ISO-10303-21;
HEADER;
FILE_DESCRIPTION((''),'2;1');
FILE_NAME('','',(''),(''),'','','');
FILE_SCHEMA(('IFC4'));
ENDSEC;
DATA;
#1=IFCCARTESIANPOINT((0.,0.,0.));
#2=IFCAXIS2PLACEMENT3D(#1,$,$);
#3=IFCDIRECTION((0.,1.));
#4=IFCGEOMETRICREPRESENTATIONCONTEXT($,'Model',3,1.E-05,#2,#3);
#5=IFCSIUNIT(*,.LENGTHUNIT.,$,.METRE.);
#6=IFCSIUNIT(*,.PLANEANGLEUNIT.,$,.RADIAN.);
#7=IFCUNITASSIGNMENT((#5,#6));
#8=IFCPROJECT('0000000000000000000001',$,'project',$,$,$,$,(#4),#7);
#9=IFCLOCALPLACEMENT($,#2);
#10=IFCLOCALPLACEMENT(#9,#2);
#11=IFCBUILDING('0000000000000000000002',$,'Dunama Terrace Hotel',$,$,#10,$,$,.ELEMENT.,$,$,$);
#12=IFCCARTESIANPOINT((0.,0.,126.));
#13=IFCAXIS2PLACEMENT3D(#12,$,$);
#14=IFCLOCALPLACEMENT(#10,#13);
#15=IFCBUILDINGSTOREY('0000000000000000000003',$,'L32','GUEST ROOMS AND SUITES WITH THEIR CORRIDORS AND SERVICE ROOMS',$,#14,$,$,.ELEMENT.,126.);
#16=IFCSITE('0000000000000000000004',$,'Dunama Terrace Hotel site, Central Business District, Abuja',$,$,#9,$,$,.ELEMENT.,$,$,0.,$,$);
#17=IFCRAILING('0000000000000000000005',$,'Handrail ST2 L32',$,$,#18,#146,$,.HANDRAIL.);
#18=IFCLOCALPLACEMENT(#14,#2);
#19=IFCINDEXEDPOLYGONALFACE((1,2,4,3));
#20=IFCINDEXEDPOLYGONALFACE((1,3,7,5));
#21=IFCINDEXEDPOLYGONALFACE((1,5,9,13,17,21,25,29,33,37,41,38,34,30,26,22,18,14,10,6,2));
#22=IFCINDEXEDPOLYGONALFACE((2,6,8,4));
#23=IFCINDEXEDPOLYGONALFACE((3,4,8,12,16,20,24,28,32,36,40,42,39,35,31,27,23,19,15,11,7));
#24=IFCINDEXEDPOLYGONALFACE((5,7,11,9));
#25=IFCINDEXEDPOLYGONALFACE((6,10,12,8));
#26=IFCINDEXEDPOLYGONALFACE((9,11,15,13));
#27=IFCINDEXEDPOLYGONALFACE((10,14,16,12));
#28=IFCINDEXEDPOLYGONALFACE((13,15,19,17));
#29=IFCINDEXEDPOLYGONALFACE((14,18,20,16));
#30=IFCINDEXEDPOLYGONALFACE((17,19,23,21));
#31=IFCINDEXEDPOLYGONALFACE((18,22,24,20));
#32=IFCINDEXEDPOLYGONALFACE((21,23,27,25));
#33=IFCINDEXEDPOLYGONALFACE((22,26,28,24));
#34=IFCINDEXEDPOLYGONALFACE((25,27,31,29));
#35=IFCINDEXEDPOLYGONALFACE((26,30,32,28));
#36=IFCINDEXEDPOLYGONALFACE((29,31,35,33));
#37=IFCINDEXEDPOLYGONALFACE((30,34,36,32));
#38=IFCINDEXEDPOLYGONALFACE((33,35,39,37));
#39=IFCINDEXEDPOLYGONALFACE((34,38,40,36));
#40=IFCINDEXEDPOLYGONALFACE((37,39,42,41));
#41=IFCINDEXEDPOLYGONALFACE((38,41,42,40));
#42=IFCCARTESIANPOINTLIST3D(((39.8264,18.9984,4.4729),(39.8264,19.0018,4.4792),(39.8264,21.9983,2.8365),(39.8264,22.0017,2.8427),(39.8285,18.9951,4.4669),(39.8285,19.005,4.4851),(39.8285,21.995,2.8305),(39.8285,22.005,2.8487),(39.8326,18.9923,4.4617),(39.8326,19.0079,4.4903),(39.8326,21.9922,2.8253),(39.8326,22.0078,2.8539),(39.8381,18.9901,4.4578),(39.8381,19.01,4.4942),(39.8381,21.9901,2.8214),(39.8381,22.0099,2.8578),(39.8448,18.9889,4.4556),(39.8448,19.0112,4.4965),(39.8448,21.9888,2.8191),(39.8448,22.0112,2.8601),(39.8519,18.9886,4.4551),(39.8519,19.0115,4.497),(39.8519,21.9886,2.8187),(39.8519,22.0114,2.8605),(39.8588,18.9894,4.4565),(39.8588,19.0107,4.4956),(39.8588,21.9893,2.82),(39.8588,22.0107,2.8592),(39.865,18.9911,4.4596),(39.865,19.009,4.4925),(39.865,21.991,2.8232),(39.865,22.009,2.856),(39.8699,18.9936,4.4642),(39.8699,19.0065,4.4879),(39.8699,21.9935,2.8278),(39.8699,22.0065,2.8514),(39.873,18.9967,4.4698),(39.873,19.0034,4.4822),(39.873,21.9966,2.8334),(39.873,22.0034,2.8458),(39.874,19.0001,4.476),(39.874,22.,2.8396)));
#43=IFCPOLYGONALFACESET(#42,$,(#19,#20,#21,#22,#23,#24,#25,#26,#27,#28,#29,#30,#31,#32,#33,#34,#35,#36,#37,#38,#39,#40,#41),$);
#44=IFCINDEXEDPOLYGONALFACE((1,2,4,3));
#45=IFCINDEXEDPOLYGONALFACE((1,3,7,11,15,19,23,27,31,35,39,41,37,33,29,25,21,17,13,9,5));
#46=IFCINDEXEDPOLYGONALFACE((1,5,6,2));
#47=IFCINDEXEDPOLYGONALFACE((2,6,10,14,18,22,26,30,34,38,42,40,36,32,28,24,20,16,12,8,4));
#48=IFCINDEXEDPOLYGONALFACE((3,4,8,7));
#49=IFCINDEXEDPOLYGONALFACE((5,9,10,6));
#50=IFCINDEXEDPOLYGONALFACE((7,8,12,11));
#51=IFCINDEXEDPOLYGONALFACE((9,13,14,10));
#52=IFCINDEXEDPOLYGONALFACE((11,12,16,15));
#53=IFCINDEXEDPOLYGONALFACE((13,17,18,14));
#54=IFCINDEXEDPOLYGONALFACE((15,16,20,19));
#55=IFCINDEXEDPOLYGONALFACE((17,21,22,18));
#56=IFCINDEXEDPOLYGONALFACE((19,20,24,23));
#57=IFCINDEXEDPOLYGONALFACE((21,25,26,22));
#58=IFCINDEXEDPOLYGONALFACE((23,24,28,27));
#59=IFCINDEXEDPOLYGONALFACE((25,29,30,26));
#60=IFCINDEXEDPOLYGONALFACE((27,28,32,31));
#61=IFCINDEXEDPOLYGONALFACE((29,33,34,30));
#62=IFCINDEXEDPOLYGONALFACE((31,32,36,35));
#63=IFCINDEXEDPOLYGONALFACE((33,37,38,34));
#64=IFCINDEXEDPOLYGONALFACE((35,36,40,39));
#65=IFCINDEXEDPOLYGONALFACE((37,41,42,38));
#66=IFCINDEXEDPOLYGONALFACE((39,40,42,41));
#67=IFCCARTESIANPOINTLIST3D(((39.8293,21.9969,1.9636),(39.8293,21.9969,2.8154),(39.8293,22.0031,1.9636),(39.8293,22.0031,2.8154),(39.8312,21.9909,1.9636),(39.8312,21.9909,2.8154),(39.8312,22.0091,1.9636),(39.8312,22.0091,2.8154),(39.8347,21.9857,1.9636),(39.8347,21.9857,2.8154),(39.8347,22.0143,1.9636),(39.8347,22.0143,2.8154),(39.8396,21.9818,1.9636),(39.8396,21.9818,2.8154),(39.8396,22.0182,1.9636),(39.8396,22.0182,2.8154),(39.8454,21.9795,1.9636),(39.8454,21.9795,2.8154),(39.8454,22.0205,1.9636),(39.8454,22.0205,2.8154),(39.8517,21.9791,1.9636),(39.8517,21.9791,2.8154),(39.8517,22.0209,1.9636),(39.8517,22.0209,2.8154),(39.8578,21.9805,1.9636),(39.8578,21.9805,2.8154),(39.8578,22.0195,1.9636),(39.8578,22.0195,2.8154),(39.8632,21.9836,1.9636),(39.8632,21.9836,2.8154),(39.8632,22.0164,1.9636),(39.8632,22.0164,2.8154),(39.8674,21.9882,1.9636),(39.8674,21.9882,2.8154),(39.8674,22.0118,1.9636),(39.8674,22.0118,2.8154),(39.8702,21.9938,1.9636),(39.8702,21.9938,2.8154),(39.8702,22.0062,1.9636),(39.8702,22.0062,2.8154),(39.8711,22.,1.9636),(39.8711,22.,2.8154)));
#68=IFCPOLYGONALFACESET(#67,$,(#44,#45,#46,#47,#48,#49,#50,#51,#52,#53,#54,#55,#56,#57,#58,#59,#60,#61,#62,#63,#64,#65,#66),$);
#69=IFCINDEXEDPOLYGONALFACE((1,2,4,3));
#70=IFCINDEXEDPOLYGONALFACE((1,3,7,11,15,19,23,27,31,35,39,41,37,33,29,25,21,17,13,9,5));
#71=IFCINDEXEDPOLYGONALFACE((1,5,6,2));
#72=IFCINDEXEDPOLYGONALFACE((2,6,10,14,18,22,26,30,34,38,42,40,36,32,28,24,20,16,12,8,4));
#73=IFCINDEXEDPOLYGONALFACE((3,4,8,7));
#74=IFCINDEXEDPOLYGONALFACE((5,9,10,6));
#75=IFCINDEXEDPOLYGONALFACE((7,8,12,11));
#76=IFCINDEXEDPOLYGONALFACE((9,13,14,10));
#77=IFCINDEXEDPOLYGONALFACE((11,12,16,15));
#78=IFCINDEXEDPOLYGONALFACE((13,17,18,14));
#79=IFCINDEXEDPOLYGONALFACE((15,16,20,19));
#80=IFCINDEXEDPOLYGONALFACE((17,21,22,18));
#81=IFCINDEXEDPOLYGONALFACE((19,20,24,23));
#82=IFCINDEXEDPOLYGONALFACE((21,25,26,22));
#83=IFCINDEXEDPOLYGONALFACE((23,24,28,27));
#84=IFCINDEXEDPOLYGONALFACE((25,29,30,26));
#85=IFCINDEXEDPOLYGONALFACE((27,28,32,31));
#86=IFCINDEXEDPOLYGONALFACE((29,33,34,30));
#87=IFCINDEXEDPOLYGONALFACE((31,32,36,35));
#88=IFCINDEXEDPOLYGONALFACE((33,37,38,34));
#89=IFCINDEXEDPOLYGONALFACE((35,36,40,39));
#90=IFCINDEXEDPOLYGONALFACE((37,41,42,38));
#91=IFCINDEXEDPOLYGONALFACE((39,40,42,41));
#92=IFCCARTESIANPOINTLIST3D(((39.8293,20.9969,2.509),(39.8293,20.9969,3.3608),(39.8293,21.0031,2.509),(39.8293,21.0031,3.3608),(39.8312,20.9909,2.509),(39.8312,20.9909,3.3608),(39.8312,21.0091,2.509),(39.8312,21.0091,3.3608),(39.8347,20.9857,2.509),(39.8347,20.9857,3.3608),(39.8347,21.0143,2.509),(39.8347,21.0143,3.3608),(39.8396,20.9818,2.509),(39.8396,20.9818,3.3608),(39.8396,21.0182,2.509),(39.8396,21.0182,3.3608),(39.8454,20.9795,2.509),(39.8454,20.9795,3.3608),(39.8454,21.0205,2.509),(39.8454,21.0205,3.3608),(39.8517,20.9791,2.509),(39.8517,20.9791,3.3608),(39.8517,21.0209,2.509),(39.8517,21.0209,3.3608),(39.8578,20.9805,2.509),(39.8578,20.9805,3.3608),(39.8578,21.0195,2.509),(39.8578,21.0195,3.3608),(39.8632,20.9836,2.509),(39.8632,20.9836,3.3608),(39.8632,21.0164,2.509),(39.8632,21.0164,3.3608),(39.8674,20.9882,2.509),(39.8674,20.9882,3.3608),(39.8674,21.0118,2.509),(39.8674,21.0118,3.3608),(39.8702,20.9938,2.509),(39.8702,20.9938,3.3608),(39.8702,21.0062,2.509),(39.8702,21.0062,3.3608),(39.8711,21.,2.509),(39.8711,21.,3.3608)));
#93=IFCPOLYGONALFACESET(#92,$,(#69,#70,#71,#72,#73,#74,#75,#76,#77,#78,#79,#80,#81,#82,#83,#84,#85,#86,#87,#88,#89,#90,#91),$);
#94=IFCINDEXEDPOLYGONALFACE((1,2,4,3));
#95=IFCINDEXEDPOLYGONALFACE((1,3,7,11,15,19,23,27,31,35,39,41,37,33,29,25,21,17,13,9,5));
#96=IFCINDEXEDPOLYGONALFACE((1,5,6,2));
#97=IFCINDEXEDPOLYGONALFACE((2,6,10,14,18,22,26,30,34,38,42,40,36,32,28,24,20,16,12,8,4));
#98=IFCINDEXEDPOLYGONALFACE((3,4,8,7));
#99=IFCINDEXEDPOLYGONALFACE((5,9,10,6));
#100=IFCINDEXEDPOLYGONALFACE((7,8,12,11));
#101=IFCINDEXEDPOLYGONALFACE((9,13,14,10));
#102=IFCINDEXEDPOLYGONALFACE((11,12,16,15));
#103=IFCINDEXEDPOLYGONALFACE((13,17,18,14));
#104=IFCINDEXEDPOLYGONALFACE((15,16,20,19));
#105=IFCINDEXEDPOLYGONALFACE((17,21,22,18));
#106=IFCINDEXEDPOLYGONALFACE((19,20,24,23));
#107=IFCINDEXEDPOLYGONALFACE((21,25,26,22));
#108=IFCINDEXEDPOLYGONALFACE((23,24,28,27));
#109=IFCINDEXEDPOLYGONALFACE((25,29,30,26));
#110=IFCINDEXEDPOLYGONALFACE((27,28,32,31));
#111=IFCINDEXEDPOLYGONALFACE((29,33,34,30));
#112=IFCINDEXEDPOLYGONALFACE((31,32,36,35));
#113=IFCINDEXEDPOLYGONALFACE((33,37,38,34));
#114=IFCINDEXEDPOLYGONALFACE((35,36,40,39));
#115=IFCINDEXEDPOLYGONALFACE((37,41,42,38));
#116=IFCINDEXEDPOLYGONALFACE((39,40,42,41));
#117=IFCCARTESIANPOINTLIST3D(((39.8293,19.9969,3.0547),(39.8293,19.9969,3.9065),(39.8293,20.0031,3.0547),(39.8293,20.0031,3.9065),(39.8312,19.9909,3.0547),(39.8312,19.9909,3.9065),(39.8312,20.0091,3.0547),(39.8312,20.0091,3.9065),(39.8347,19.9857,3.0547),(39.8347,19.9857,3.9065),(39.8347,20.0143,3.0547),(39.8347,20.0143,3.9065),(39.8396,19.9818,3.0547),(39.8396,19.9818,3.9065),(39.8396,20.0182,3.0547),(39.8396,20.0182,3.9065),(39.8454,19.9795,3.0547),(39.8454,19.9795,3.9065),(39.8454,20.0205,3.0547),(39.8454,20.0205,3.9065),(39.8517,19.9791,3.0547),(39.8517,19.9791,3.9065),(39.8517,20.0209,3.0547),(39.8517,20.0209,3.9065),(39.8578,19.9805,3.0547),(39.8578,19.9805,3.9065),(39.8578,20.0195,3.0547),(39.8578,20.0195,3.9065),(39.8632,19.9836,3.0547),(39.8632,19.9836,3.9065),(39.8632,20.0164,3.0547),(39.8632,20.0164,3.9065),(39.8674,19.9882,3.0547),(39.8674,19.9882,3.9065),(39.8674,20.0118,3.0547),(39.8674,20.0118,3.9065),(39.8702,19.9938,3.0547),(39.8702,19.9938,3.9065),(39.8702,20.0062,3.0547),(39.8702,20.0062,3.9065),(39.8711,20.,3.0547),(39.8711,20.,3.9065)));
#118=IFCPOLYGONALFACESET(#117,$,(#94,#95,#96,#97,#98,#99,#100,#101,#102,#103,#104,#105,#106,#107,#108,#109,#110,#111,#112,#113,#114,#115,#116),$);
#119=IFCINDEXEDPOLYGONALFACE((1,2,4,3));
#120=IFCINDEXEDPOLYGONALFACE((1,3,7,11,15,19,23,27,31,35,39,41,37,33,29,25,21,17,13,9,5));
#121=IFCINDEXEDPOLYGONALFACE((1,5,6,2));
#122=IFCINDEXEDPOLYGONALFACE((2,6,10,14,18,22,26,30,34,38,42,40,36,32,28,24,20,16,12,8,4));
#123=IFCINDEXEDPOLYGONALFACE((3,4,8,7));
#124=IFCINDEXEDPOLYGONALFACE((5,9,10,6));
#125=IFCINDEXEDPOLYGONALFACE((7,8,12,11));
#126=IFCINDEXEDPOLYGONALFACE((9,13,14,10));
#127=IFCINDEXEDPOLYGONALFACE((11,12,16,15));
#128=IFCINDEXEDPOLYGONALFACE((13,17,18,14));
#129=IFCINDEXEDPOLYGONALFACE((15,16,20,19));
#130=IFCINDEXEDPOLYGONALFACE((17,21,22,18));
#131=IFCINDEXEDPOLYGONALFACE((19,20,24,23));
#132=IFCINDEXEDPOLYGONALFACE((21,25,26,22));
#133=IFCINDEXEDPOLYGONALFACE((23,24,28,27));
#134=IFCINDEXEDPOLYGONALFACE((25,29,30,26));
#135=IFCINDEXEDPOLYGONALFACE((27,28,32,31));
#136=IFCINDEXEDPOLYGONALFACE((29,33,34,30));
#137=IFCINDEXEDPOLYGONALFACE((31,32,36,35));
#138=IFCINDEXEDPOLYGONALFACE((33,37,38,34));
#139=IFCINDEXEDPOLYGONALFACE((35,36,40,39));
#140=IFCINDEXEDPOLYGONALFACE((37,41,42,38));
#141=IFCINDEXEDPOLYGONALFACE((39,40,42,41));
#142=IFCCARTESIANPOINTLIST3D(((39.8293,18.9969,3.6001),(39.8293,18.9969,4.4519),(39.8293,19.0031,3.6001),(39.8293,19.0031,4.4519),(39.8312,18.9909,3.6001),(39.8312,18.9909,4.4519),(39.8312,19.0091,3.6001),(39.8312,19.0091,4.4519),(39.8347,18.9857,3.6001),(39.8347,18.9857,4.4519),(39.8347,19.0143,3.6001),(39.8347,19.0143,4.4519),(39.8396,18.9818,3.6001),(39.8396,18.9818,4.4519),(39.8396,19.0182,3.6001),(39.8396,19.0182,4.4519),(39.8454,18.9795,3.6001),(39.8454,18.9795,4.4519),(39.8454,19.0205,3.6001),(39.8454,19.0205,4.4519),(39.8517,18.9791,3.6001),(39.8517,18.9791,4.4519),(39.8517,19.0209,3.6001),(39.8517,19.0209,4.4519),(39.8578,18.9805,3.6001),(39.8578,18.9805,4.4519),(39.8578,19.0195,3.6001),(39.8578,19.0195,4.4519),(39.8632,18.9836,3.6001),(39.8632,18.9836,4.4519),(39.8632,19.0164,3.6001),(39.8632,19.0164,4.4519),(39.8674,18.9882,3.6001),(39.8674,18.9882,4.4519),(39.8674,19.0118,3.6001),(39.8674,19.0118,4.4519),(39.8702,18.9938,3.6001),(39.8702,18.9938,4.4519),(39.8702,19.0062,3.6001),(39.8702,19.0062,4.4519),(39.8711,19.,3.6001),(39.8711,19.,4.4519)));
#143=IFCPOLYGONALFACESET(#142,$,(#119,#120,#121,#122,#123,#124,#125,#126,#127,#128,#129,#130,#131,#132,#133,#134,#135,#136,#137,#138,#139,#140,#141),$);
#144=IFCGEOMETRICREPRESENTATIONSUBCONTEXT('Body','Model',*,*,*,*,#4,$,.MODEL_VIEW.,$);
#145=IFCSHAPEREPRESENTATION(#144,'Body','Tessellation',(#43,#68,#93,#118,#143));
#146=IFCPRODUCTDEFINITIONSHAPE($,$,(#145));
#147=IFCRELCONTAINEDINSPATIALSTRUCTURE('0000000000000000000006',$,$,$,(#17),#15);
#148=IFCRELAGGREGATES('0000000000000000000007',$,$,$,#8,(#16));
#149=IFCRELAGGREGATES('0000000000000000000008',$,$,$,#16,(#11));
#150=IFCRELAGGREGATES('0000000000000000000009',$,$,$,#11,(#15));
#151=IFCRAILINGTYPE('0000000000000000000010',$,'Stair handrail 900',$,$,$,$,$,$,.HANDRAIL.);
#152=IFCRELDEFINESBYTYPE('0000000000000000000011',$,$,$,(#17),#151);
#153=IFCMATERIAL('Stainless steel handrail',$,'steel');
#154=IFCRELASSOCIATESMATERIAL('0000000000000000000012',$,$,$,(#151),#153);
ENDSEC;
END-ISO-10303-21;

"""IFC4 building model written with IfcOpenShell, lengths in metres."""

from ifc_helpers import new_model, si_unit, direction, frame, origin, origin_2d, place, context, subcontext, project, spatial, circle, extrude, material, type_object, element, save


model = new_model("IFC4")

# Units and contexts
model_context = context("Model", 3, precision=1e-05, world=origin(), true_north=direction((0.0, 1.0)))
body_context = subcontext(model_context, "Body", "Model", "MODEL_VIEW")
ifc_project = project(units=[si_unit("LENGTHUNIT", "METRE"), si_unit("PLANEANGLEUNIT", "RADIAN")], contexts=[model_context])

# Site, building, storey
site_placement = place(None, origin())
site = spatial("IfcSite", under=ifc_project, at=site_placement, Name="Dunama Terrace Hotel site, Central Business District, Abuja", CompositionType="ELEMENT", RefElevation=0.0)
building_placement = place(site_placement, origin())
building = spatial("IfcBuilding", under=site, at=building_placement, Name="Dunama Terrace Hotel", CompositionType="ELEMENT")
storey_placement = place(building_placement, frame((0.0, 0.0, 126.0)))
storey = spatial("IfcBuildingStorey", under=building, at=storey_placement, Name="L32", Description="GUEST ROOMS AND SUITES WITH THEIR CORRIDORS AND SERVICE ROOMS", CompositionType="ELEMENT", Elevation=126.0)

# Railing
ifc_material_1 = material(Name="Stainless steel handrail", Category="steel")
railing_type = type_object("IfcRailingType", Name="Stair handrail 900", PredefinedType="HANDRAIL", material=ifc_material_1)
railing_1_placement = place(storey_placement, frame((39.8501, 22.0, 1.9636)))
element("IfcRailing", 1, at=railing_1_placement, inside=storey, type_object=railing_type, Name="Handrail ST2 L32", PredefinedType="HANDRAIL", context=body_context, shape_type="SweptSolid", body=[
    extrude(circle(Radius=0.0239, at=origin_2d()), frame((0.0, 0.0, 0.876), z_axis=(0.0, -0.877882, 0.478877), x_axis=(1.0, 0.0, 0.0)), (0.0, 0.0, 1.0), 3.4172),
    extrude(circle(Radius=0.021, at=origin_2d()), origin(), (0.0, 0.0, 1.0), 0.8518),
    extrude(circle(Radius=0.021, at=origin_2d()), frame((0.0, -1.0, 0.5454)), (0.0, 0.0, 1.0), 0.8518),
    extrude(circle(Radius=0.021, at=origin_2d()), frame((0.0, -2.0, 1.0911)), (0.0, 0.0, 1.0), 0.8518),
    extrude(circle(Radius=0.021, at=origin_2d()), frame((0.0, -3.0, 1.6365)), (0.0, 0.0, 1.0), 0.8518),
])

save(model, "model.ifc")
